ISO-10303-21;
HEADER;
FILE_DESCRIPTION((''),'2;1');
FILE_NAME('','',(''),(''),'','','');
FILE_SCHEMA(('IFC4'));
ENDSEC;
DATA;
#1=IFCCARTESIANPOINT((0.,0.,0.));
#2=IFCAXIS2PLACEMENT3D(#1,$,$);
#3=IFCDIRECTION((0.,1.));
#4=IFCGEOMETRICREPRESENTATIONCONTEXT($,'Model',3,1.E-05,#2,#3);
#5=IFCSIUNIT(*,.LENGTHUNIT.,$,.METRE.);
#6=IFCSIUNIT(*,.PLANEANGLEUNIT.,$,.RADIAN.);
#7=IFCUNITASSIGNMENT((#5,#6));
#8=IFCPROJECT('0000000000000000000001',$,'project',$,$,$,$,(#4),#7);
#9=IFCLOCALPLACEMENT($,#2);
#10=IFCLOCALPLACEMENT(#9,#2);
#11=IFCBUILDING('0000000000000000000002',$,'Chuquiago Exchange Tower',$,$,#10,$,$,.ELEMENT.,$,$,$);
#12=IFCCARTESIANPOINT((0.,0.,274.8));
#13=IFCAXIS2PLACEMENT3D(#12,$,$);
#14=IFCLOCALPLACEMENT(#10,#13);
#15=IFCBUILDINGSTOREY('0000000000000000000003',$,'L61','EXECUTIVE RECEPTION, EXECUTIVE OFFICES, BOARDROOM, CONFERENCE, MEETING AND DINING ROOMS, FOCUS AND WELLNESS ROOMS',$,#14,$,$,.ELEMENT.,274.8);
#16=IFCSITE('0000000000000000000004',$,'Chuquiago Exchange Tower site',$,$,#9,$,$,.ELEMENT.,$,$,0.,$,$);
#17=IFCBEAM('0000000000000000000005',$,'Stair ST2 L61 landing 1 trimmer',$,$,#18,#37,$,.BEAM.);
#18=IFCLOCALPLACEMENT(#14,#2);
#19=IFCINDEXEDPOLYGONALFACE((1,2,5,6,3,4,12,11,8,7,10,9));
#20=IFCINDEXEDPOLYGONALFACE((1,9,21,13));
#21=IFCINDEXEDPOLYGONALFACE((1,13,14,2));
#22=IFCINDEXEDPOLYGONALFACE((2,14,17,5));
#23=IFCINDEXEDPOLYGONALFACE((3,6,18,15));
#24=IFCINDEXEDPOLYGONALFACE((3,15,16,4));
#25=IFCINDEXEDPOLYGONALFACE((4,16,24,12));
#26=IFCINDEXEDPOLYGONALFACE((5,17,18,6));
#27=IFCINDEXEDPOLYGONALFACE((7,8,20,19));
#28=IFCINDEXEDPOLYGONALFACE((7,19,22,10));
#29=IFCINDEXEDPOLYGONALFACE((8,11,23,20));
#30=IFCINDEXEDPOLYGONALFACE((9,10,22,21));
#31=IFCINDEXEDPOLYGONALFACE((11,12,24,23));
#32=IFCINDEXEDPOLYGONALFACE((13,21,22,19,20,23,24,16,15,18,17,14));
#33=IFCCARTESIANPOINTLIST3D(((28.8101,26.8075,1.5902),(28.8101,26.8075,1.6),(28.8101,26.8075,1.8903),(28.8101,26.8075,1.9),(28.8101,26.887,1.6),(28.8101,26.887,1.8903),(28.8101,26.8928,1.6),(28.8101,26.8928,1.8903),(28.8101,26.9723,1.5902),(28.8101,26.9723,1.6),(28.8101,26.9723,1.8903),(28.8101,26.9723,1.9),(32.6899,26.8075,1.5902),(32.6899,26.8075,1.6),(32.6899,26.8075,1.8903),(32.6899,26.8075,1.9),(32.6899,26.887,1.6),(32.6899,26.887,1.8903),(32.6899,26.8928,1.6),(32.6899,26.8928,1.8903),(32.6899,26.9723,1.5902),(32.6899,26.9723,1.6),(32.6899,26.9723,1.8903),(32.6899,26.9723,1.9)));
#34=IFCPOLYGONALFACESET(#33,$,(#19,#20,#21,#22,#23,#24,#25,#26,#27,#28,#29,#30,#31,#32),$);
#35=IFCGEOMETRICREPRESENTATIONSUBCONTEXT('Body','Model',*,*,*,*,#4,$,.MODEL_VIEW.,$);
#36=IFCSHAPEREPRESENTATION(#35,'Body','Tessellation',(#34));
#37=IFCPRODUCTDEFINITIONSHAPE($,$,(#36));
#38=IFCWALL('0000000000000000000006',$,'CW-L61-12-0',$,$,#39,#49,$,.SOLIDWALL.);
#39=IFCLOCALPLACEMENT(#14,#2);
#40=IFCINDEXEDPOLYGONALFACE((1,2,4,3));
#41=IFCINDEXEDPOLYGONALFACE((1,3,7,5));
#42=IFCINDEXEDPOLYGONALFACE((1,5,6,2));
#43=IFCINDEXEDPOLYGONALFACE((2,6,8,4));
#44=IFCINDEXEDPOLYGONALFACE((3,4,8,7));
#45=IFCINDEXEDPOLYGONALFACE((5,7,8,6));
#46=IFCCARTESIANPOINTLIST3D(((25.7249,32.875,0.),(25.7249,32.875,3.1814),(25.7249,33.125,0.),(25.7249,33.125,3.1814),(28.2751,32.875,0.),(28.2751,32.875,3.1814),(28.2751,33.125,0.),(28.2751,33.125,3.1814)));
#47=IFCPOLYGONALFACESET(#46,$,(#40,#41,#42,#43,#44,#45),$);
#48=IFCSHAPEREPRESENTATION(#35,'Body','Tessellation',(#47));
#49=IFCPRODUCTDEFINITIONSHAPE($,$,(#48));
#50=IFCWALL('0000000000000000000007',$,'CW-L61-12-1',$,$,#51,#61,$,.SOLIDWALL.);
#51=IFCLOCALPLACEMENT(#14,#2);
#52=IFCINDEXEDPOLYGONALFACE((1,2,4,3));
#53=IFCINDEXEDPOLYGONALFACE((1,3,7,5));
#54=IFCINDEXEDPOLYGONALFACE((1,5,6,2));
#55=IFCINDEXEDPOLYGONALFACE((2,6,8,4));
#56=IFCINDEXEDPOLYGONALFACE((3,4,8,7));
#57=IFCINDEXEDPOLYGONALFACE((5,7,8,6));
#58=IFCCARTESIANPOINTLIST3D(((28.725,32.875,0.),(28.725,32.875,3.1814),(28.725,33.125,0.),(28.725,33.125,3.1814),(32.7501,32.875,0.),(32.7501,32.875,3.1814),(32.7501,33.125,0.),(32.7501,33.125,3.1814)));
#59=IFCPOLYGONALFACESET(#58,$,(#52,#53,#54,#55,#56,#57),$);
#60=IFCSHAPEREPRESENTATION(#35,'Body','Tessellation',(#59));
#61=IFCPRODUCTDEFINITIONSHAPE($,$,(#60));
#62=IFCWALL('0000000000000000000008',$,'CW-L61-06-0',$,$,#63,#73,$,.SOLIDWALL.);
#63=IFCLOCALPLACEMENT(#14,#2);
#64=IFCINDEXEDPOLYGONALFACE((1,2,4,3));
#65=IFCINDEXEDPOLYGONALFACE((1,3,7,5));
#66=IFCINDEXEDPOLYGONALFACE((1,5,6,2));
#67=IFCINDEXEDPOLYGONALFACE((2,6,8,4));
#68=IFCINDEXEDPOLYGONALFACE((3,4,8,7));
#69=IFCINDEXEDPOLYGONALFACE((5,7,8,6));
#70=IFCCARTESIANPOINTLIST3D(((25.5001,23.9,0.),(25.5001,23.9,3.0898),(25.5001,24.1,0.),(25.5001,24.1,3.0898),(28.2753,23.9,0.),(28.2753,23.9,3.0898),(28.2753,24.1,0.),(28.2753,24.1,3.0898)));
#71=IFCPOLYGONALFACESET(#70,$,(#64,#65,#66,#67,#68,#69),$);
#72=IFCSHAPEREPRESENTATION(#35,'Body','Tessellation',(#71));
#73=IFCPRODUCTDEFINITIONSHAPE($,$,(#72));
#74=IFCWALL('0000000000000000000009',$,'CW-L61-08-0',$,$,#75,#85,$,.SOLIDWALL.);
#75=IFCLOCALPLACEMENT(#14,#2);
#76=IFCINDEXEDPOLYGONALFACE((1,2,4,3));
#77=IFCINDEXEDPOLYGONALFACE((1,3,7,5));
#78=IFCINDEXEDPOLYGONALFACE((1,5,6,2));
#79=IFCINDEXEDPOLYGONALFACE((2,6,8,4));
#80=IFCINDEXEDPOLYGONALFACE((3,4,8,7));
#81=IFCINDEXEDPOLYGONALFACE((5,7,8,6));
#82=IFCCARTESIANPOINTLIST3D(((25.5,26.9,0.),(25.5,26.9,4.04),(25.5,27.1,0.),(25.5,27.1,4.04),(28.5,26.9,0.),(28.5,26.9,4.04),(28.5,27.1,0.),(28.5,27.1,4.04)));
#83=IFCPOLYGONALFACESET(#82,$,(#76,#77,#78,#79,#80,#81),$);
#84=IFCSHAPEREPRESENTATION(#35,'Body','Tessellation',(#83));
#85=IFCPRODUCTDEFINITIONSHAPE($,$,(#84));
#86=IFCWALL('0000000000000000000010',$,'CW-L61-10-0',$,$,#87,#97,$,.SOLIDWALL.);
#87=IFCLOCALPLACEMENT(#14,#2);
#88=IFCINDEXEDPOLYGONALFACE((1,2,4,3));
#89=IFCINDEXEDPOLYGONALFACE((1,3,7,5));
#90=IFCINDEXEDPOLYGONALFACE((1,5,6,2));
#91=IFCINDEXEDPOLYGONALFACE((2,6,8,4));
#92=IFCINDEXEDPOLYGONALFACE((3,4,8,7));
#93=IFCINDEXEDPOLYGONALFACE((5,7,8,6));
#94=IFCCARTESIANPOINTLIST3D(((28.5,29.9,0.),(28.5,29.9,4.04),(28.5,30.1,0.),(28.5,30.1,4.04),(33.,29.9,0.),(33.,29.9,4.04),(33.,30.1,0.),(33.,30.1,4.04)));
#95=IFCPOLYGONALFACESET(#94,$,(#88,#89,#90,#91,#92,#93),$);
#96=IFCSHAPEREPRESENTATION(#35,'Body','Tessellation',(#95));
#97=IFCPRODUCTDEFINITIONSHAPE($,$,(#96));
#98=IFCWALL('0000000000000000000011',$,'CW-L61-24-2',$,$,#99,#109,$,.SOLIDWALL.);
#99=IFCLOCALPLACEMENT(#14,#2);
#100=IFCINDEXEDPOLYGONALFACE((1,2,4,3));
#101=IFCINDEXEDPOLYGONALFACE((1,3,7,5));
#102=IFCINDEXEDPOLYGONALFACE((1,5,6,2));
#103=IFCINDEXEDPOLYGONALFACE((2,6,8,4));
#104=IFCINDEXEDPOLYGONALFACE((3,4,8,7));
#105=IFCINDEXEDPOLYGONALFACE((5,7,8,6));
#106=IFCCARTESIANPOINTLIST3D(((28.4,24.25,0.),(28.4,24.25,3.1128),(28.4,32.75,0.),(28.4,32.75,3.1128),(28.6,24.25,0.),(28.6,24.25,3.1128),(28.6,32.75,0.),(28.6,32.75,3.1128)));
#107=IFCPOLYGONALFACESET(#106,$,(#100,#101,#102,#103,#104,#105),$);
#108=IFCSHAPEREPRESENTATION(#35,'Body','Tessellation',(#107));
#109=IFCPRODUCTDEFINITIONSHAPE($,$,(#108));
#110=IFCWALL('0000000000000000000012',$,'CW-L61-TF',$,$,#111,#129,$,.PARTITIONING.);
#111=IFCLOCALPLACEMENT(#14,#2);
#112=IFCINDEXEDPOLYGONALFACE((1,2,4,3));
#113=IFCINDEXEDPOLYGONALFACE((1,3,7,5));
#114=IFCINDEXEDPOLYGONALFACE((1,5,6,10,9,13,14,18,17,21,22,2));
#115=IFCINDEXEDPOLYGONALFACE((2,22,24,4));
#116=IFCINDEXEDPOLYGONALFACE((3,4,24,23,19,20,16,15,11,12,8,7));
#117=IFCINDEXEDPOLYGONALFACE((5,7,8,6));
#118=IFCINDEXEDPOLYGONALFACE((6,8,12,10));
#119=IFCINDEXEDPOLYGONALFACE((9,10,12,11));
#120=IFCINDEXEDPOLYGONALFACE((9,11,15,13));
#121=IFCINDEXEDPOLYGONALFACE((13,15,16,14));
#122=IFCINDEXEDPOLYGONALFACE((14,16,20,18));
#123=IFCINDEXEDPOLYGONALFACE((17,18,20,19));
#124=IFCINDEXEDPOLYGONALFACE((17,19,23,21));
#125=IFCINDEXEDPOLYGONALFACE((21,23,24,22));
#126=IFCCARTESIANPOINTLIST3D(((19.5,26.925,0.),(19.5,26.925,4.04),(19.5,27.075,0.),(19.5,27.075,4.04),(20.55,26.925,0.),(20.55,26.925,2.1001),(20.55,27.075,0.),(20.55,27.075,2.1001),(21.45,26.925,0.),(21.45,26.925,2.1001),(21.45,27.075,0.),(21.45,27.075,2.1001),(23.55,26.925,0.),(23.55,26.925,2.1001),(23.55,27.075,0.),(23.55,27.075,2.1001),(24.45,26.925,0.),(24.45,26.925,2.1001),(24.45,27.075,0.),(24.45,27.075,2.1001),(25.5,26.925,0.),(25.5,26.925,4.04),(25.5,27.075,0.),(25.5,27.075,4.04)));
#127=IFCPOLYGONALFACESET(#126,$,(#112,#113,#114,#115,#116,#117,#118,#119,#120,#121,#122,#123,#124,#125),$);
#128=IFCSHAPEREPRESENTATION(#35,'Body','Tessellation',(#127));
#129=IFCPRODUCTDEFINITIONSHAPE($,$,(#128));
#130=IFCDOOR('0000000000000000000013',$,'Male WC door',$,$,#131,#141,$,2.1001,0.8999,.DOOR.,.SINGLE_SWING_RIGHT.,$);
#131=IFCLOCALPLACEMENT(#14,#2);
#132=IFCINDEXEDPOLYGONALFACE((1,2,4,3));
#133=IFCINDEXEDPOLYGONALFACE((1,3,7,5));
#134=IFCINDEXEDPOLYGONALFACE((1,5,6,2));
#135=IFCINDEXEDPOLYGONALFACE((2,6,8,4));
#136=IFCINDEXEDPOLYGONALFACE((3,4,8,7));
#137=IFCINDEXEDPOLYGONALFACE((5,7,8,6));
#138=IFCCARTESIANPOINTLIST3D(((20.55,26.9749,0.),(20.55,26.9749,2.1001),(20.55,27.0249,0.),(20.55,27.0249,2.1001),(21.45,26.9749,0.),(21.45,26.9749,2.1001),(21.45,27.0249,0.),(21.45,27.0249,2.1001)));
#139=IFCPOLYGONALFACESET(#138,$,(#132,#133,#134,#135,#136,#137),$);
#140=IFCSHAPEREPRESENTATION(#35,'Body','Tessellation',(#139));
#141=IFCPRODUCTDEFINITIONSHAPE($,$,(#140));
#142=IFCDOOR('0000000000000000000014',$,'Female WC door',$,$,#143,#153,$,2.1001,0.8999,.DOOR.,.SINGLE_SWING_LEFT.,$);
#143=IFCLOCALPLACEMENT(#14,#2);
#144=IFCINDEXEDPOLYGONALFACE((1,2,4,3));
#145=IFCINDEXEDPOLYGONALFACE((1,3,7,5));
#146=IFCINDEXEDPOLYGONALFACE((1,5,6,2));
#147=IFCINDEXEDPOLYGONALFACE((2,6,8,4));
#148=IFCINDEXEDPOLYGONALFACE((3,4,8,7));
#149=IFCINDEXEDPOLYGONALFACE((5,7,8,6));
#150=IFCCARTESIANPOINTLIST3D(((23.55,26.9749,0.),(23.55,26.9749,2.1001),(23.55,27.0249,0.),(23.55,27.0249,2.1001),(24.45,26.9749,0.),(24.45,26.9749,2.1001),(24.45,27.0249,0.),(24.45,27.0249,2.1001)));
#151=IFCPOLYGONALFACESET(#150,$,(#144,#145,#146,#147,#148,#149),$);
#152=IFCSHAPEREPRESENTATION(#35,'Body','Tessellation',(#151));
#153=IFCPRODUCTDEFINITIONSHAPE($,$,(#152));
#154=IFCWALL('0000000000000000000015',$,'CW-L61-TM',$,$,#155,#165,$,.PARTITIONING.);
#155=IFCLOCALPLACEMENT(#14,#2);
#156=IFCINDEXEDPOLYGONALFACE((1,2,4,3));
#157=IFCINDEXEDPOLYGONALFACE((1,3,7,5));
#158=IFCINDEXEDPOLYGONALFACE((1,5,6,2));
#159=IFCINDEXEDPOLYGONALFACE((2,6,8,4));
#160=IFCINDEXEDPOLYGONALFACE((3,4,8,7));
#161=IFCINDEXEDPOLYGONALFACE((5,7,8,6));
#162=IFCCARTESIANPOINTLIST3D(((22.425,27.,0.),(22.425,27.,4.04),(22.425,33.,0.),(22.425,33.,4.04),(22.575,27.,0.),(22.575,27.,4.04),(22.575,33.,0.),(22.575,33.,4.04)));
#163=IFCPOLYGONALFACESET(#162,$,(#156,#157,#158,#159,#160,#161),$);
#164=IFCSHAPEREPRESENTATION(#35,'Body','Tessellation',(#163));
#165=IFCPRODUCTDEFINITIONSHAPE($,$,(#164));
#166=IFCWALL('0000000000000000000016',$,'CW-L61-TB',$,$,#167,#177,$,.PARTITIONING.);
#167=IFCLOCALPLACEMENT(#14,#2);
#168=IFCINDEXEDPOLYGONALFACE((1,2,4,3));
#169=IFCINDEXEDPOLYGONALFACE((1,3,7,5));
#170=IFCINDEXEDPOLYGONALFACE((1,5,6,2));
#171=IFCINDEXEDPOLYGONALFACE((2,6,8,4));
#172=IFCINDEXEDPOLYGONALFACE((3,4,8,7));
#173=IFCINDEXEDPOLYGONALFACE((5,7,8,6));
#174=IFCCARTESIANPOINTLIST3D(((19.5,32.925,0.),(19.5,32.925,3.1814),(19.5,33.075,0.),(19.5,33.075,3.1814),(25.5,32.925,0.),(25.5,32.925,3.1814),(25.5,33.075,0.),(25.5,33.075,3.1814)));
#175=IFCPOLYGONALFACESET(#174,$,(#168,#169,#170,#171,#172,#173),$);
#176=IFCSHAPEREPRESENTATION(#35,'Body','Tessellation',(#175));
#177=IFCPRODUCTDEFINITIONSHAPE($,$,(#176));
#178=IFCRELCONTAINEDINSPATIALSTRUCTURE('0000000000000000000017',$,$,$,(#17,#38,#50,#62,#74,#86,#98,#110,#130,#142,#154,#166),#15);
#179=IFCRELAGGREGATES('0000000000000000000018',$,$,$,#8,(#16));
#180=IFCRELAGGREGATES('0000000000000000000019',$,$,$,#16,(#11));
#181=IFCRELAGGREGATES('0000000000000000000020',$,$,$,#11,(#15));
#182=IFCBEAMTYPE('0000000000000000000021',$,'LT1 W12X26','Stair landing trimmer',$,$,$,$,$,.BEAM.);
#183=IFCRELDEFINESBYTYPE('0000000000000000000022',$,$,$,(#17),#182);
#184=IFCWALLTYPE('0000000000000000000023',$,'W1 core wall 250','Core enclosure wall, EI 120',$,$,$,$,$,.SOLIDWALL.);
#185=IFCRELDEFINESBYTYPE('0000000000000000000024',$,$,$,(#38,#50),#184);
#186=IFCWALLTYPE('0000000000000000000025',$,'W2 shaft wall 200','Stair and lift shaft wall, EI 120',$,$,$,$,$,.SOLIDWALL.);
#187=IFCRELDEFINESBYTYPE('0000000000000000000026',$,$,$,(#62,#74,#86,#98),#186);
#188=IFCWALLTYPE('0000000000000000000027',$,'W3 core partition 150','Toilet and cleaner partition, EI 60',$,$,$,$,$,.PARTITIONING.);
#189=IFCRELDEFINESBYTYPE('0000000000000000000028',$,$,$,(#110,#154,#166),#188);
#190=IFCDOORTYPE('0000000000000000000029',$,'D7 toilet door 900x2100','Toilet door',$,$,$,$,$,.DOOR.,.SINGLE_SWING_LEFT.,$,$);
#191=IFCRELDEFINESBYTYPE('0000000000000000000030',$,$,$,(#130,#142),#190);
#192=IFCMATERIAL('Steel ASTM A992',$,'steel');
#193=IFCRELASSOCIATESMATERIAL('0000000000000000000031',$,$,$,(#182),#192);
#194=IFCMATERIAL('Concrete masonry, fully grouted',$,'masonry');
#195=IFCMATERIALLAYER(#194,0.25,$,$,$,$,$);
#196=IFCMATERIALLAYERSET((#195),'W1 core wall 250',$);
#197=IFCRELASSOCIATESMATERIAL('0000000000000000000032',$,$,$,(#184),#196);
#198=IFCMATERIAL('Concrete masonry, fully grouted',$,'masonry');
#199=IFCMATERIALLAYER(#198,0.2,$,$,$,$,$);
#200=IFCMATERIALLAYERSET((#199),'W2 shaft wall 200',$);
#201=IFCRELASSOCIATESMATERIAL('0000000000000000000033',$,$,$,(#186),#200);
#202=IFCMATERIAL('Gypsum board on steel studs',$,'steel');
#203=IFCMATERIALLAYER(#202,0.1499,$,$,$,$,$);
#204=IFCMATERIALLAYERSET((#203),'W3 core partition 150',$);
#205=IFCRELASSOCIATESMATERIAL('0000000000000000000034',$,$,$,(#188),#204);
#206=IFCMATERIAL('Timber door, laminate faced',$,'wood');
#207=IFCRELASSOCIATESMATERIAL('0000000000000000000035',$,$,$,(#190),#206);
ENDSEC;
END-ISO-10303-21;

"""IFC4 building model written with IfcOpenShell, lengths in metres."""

from ifc_helpers import new_model, si_unit, direction, frame, frame_2d, origin, origin_2d, place, context, subcontext, project, spatial, rectangle, i_section, extrude, material, layer, layer_set, material_profile, profile_set, type_object, element, fill, save


model = new_model("IFC4")

# Units and contexts
model_context = context("Model", 3, precision=1e-05, world=origin(), true_north=direction((0.0, 1.0)))
body_context = subcontext(model_context, "Body", "Model", "MODEL_VIEW")
ifc_project = project(units=[si_unit("LENGTHUNIT", "METRE"), si_unit("PLANEANGLEUNIT", "RADIAN")], contexts=[model_context])

# Site, building, storey
site_placement = place(None, origin())
site = spatial("IfcSite", under=ifc_project, at=site_placement, Name="Chuquiago Exchange Tower site", CompositionType="ELEMENT", RefElevation=0.0)
building_placement = place(site_placement, origin())
building = spatial("IfcBuilding", under=site, at=building_placement, Name="Chuquiago Exchange Tower", CompositionType="ELEMENT")
storey_placement = place(building_placement, frame((0.0, 0.0, 274.8)))
storey = spatial("IfcBuildingStorey", under=building, at=storey_placement, Name="L61", Description="EXECUTIVE RECEPTION, EXECUTIVE OFFICES, BOARDROOM, CONFERENCE, MEETING AND DINING ROOMS, FOCUS AND WELLNESS ROOMS", CompositionType="ELEMENT", Elevation=274.8)

# Beam
ifc_material_1 = material(Name="Steel ASTM A992", Category="steel")
ifc_material_profile_1 = material_profile(ifc_material_1, i_section(OverallWidth=0.1648, OverallDepth=0.3098, WebThickness=0.0059, FlangeThickness=0.0098, at=origin_2d()), Name="W12X26")
ifc_profile_set_1 = profile_set([ifc_material_profile_1], Name="Steel ASTM A992")
beam_type_1 = type_object("IfcBeamType", Name="LT1 W12X26", Description="Stair landing trimmer", PredefinedType="BEAM", material=ifc_profile_set_1)
for number, where, z_axis, x_axis, name in (
    (1, (28.8101, 26.8899, 1.7451), (1.0, 0.0, 0.0), (0.0, 1.0, 0.0), "Stair ST2 L61 landing 1 trimmer"),
):
    element("IfcBeam", number, at=place(storey_placement, frame(where, z_axis=z_axis, x_axis=x_axis)), inside=storey, type_object=beam_type_1, Name=name, PredefinedType="BEAM", context=body_context, shape_type="SweptSolid", body=[
        extrude(i_section(OverallWidth=0.1648, OverallDepth=0.3098, WebThickness=0.0059, FlangeThickness=0.0098, at=origin_2d()), origin(), (0.0, 0.0, 1.0), 3.8799),
    ])

# Walls
ifc_material_2 = material(Name="Concrete masonry, fully grouted", Category="masonry")
ifc_layer_1 = layer(ifc_material_2, 0.25)
ifc_layer_set_1 = layer_set([ifc_layer_1], Name="W1 core wall 250")
wall_type_1 = type_object("IfcWallType", Name="W1 core wall 250", Description="Core enclosure wall, EI 120", PredefinedType="SOLIDWALL", material=ifc_layer_set_1)
wall_1_placement = place(storey_placement, frame((25.7249, 33.0, 0.0), z_axis=(0.0, 0.0, 1.0), x_axis=(1.0, 0.0, 0.0)))
element("IfcWall", 2, at=wall_1_placement, inside=storey, type_object=wall_type_1, Name="CW-L61-12-0", PredefinedType="SOLIDWALL", context=body_context, shape_type="SweptSolid", body=[
    extrude(rectangle(XDim=2.5503, YDim=0.25, at=frame_2d((1.2751, 0.0))), origin(), (0.0, 0.0, 1.0), 3.1814),
])
wall_2_placement = place(storey_placement, frame((28.7249, 33.0, 0.0), z_axis=(0.0, 0.0, 1.0), x_axis=(1.0, 0.0, 0.0)))
element("IfcWall", 3, at=wall_2_placement, inside=storey, type_object=wall_type_1, Name="CW-L61-12-1", PredefinedType="SOLIDWALL", context=body_context, shape_type="SweptSolid", body=[
    extrude(rectangle(XDim=4.0251, YDim=0.25, at=frame_2d((2.0127, 0.0))), origin(), (0.0, 0.0, 1.0), 3.1814),
])
ifc_material_3 = material(Name="Concrete masonry, fully grouted", Category="masonry")
ifc_layer_2 = layer(ifc_material_3, 0.2)
ifc_layer_set_2 = layer_set([ifc_layer_2], Name="W2 shaft wall 200")
wall_type_2 = type_object("IfcWallType", Name="W2 shaft wall 200", Description="Stair and lift shaft wall, EI 120", PredefinedType="SOLIDWALL", material=ifc_layer_set_2)
wall_3_placement = place(storey_placement, frame((25.5, 24.0, 0.0), z_axis=(0.0, 0.0, 1.0), x_axis=(1.0, 0.0, 0.0)))
element("IfcWall", 4, at=wall_3_placement, inside=storey, type_object=wall_type_2, Name="CW-L61-06-0", PredefinedType="SOLIDWALL", context=body_context, shape_type="SweptSolid", body=[
    extrude(rectangle(XDim=2.7751, YDim=0.2, at=frame_2d((1.3877, 0.0))), origin(), (0.0, 0.0, 1.0), 3.0898),
])
wall_4_placement = place(storey_placement, frame((25.5, 27.0, 0.0), z_axis=(0.0, 0.0, 1.0), x_axis=(1.0, 0.0, 0.0)))
element("IfcWall", 5, at=wall_4_placement, inside=storey, type_object=wall_type_2, Name="CW-L61-08-0", PredefinedType="SOLIDWALL", context=body_context, shape_type="SweptSolid", body=[
    extrude(rectangle(XDim=3.0, YDim=0.2, at=frame_2d((1.5, 0.0))), origin(), (0.0, 0.0, 1.0), 4.04),
])
wall_5_placement = place(storey_placement, frame((28.5, 30.0, 0.0), z_axis=(0.0, 0.0, 1.0), x_axis=(1.0, 0.0, 0.0)))
element("IfcWall", 6, at=wall_5_placement, inside=storey, type_object=wall_type_2, Name="CW-L61-10-0", PredefinedType="SOLIDWALL", context=body_context, shape_type="SweptSolid", body=[
    extrude(rectangle(XDim=4.5, YDim=0.2, at=frame_2d((2.25, 0.0))), origin(), (0.0, 0.0, 1.0), 4.04),
])
wall_6_placement = place(storey_placement, frame((28.5, 24.25, 0.0), z_axis=(0.0, 0.0, 1.0), x_axis=(0.0, 1.0, 0.0)))
element("IfcWall", 7, at=wall_6_placement, inside=storey, type_object=wall_type_2, Name="CW-L61-24-2", PredefinedType="SOLIDWALL", context=body_context, shape_type="SweptSolid", body=[
    extrude(rectangle(XDim=8.5, YDim=0.2, at=frame_2d((4.25, 0.0))), origin(), (0.0, 0.0, 1.0), 3.1128),
])

# Wall, openings, doors
ifc_material_4 = material(Name="Gypsum board on steel studs", Category="steel")
ifc_layer_3 = layer(ifc_material_4, 0.1499)
ifc_layer_set_3 = layer_set([ifc_layer_3], Name="W3 core partition 150")
wall_type_3 = type_object("IfcWallType", Name="W3 core partition 150", Description="Toilet and cleaner partition, EI 60", PredefinedType="PARTITIONING", material=ifc_layer_set_3)
wall_7_placement = place(storey_placement, frame((19.5, 27.0, 0.0), z_axis=(0.0, 0.0, 1.0), x_axis=(1.0, 0.0, 0.0)))
wall_7 = element("IfcWall", 8, at=wall_7_placement, inside=storey, type_object=wall_type_3, Name="CW-L61-TF", PredefinedType="PARTITIONING", context=body_context, shape_type="SweptSolid", body=[
    extrude(rectangle(XDim=6.0, YDim=0.1499, at=frame_2d((3.0, 0.0))), origin(), (0.0, 0.0, 1.0), 4.04),
])
opening_1_placement = place(wall_7_placement, frame((1.05, 0.0, 0.0)))
opening_1 = element("IfcOpeningElement", 9, at=opening_1_placement, cuts=wall_7, PredefinedType="OPENING", context=body_context, shape_type="SweptSolid", body=[
    extrude(rectangle(XDim=0.8999, YDim=2.1001, at=frame_2d((0.45, 1.05))), frame((0.0, 0.085, 0.0), z_axis=(0.0, -1.0, 0.0), x_axis=(1.0, 0.0, 0.0)), (0.0, 0.0, 1.0), 0.1699),
])
opening_2_placement = place(wall_7_placement, frame((4.05, 0.0, 0.0)))
opening_2 = element("IfcOpeningElement", 10, at=opening_2_placement, cuts=wall_7, PredefinedType="OPENING", context=body_context, shape_type="SweptSolid", body=[
    extrude(rectangle(XDim=0.8999, YDim=2.1001, at=frame_2d((0.45, 1.05))), frame((0.0, 0.085, 0.0), z_axis=(0.0, -1.0, 0.0), x_axis=(1.0, 0.0, 0.0)), (0.0, 0.0, 1.0), 0.1699),
])
ifc_material_5 = material(Name="Timber door, laminate faced", Category="wood")
door_type = type_object("IfcDoorType", Name="D7 toilet door 900x2100", Description="Toilet door", OperationType="SINGLE_SWING_LEFT", PredefinedType="DOOR", material=ifc_material_5)
door_1_placement = place(opening_1_placement, origin())
door_1 = element("IfcDoor", 11, at=door_1_placement, inside=storey, type_object=door_type, Name="Male WC door", OperationType="SINGLE_SWING_RIGHT", OverallHeight=2.1001, OverallWidth=0.8999, PredefinedType="DOOR", context=body_context, shape_type="SweptSolid", body=[
    extrude(rectangle(XDim=0.8999, YDim=2.1001, at=frame_2d((0.45, 1.05))), frame((0.0, 0.0249, 0.0), z_axis=(0.0, -1.0, 0.0), x_axis=(1.0, 0.0, 0.0)), (0.0, 0.0, 1.0), 0.05),
])
fill(opening_1, door_1)
door_2_placement = place(opening_2_placement, origin())
door_2 = element("IfcDoor", 12, at=door_2_placement, inside=storey, type_object=door_type, Name="Female WC door", OperationType="SINGLE_SWING_LEFT", OverallHeight=2.1001, OverallWidth=0.8999, PredefinedType="DOOR", context=body_context, shape_type="SweptSolid", body=[
    extrude(rectangle(XDim=0.8999, YDim=2.1001, at=frame_2d((0.45, 1.05))), frame((0.0, 0.0249, 0.0), z_axis=(0.0, -1.0, 0.0), x_axis=(1.0, 0.0, 0.0)), (0.0, 0.0, 1.0), 0.05),
])
fill(opening_2, door_2)

# Walls
wall_8_placement = place(storey_placement, frame((22.5, 27.0, 0.0), z_axis=(0.0, 0.0, 1.0), x_axis=(0.0, 1.0, 0.0)))
element("IfcWall", 13, at=wall_8_placement, inside=storey, type_object=wall_type_3, Name="CW-L61-TM", PredefinedType="PARTITIONING", context=body_context, shape_type="SweptSolid", body=[
    extrude(rectangle(XDim=6.0, YDim=0.1499, at=frame_2d((3.0, 0.0))), origin(), (0.0, 0.0, 1.0), 4.04),
])
wall_9_placement = place(storey_placement, frame((19.5, 33.0, 0.0), z_axis=(0.0, 0.0, 1.0), x_axis=(1.0, 0.0, 0.0)))
element("IfcWall", 14, at=wall_9_placement, inside=storey, type_object=wall_type_3, Name="CW-L61-TB", PredefinedType="PARTITIONING", context=body_context, shape_type="SweptSolid", body=[
    extrude(rectangle(XDim=6.0, YDim=0.1499, at=frame_2d((3.0, 0.0))), origin(), (0.0, 0.0, 1.0), 3.1814),
])

save(model, "model.ifc")
